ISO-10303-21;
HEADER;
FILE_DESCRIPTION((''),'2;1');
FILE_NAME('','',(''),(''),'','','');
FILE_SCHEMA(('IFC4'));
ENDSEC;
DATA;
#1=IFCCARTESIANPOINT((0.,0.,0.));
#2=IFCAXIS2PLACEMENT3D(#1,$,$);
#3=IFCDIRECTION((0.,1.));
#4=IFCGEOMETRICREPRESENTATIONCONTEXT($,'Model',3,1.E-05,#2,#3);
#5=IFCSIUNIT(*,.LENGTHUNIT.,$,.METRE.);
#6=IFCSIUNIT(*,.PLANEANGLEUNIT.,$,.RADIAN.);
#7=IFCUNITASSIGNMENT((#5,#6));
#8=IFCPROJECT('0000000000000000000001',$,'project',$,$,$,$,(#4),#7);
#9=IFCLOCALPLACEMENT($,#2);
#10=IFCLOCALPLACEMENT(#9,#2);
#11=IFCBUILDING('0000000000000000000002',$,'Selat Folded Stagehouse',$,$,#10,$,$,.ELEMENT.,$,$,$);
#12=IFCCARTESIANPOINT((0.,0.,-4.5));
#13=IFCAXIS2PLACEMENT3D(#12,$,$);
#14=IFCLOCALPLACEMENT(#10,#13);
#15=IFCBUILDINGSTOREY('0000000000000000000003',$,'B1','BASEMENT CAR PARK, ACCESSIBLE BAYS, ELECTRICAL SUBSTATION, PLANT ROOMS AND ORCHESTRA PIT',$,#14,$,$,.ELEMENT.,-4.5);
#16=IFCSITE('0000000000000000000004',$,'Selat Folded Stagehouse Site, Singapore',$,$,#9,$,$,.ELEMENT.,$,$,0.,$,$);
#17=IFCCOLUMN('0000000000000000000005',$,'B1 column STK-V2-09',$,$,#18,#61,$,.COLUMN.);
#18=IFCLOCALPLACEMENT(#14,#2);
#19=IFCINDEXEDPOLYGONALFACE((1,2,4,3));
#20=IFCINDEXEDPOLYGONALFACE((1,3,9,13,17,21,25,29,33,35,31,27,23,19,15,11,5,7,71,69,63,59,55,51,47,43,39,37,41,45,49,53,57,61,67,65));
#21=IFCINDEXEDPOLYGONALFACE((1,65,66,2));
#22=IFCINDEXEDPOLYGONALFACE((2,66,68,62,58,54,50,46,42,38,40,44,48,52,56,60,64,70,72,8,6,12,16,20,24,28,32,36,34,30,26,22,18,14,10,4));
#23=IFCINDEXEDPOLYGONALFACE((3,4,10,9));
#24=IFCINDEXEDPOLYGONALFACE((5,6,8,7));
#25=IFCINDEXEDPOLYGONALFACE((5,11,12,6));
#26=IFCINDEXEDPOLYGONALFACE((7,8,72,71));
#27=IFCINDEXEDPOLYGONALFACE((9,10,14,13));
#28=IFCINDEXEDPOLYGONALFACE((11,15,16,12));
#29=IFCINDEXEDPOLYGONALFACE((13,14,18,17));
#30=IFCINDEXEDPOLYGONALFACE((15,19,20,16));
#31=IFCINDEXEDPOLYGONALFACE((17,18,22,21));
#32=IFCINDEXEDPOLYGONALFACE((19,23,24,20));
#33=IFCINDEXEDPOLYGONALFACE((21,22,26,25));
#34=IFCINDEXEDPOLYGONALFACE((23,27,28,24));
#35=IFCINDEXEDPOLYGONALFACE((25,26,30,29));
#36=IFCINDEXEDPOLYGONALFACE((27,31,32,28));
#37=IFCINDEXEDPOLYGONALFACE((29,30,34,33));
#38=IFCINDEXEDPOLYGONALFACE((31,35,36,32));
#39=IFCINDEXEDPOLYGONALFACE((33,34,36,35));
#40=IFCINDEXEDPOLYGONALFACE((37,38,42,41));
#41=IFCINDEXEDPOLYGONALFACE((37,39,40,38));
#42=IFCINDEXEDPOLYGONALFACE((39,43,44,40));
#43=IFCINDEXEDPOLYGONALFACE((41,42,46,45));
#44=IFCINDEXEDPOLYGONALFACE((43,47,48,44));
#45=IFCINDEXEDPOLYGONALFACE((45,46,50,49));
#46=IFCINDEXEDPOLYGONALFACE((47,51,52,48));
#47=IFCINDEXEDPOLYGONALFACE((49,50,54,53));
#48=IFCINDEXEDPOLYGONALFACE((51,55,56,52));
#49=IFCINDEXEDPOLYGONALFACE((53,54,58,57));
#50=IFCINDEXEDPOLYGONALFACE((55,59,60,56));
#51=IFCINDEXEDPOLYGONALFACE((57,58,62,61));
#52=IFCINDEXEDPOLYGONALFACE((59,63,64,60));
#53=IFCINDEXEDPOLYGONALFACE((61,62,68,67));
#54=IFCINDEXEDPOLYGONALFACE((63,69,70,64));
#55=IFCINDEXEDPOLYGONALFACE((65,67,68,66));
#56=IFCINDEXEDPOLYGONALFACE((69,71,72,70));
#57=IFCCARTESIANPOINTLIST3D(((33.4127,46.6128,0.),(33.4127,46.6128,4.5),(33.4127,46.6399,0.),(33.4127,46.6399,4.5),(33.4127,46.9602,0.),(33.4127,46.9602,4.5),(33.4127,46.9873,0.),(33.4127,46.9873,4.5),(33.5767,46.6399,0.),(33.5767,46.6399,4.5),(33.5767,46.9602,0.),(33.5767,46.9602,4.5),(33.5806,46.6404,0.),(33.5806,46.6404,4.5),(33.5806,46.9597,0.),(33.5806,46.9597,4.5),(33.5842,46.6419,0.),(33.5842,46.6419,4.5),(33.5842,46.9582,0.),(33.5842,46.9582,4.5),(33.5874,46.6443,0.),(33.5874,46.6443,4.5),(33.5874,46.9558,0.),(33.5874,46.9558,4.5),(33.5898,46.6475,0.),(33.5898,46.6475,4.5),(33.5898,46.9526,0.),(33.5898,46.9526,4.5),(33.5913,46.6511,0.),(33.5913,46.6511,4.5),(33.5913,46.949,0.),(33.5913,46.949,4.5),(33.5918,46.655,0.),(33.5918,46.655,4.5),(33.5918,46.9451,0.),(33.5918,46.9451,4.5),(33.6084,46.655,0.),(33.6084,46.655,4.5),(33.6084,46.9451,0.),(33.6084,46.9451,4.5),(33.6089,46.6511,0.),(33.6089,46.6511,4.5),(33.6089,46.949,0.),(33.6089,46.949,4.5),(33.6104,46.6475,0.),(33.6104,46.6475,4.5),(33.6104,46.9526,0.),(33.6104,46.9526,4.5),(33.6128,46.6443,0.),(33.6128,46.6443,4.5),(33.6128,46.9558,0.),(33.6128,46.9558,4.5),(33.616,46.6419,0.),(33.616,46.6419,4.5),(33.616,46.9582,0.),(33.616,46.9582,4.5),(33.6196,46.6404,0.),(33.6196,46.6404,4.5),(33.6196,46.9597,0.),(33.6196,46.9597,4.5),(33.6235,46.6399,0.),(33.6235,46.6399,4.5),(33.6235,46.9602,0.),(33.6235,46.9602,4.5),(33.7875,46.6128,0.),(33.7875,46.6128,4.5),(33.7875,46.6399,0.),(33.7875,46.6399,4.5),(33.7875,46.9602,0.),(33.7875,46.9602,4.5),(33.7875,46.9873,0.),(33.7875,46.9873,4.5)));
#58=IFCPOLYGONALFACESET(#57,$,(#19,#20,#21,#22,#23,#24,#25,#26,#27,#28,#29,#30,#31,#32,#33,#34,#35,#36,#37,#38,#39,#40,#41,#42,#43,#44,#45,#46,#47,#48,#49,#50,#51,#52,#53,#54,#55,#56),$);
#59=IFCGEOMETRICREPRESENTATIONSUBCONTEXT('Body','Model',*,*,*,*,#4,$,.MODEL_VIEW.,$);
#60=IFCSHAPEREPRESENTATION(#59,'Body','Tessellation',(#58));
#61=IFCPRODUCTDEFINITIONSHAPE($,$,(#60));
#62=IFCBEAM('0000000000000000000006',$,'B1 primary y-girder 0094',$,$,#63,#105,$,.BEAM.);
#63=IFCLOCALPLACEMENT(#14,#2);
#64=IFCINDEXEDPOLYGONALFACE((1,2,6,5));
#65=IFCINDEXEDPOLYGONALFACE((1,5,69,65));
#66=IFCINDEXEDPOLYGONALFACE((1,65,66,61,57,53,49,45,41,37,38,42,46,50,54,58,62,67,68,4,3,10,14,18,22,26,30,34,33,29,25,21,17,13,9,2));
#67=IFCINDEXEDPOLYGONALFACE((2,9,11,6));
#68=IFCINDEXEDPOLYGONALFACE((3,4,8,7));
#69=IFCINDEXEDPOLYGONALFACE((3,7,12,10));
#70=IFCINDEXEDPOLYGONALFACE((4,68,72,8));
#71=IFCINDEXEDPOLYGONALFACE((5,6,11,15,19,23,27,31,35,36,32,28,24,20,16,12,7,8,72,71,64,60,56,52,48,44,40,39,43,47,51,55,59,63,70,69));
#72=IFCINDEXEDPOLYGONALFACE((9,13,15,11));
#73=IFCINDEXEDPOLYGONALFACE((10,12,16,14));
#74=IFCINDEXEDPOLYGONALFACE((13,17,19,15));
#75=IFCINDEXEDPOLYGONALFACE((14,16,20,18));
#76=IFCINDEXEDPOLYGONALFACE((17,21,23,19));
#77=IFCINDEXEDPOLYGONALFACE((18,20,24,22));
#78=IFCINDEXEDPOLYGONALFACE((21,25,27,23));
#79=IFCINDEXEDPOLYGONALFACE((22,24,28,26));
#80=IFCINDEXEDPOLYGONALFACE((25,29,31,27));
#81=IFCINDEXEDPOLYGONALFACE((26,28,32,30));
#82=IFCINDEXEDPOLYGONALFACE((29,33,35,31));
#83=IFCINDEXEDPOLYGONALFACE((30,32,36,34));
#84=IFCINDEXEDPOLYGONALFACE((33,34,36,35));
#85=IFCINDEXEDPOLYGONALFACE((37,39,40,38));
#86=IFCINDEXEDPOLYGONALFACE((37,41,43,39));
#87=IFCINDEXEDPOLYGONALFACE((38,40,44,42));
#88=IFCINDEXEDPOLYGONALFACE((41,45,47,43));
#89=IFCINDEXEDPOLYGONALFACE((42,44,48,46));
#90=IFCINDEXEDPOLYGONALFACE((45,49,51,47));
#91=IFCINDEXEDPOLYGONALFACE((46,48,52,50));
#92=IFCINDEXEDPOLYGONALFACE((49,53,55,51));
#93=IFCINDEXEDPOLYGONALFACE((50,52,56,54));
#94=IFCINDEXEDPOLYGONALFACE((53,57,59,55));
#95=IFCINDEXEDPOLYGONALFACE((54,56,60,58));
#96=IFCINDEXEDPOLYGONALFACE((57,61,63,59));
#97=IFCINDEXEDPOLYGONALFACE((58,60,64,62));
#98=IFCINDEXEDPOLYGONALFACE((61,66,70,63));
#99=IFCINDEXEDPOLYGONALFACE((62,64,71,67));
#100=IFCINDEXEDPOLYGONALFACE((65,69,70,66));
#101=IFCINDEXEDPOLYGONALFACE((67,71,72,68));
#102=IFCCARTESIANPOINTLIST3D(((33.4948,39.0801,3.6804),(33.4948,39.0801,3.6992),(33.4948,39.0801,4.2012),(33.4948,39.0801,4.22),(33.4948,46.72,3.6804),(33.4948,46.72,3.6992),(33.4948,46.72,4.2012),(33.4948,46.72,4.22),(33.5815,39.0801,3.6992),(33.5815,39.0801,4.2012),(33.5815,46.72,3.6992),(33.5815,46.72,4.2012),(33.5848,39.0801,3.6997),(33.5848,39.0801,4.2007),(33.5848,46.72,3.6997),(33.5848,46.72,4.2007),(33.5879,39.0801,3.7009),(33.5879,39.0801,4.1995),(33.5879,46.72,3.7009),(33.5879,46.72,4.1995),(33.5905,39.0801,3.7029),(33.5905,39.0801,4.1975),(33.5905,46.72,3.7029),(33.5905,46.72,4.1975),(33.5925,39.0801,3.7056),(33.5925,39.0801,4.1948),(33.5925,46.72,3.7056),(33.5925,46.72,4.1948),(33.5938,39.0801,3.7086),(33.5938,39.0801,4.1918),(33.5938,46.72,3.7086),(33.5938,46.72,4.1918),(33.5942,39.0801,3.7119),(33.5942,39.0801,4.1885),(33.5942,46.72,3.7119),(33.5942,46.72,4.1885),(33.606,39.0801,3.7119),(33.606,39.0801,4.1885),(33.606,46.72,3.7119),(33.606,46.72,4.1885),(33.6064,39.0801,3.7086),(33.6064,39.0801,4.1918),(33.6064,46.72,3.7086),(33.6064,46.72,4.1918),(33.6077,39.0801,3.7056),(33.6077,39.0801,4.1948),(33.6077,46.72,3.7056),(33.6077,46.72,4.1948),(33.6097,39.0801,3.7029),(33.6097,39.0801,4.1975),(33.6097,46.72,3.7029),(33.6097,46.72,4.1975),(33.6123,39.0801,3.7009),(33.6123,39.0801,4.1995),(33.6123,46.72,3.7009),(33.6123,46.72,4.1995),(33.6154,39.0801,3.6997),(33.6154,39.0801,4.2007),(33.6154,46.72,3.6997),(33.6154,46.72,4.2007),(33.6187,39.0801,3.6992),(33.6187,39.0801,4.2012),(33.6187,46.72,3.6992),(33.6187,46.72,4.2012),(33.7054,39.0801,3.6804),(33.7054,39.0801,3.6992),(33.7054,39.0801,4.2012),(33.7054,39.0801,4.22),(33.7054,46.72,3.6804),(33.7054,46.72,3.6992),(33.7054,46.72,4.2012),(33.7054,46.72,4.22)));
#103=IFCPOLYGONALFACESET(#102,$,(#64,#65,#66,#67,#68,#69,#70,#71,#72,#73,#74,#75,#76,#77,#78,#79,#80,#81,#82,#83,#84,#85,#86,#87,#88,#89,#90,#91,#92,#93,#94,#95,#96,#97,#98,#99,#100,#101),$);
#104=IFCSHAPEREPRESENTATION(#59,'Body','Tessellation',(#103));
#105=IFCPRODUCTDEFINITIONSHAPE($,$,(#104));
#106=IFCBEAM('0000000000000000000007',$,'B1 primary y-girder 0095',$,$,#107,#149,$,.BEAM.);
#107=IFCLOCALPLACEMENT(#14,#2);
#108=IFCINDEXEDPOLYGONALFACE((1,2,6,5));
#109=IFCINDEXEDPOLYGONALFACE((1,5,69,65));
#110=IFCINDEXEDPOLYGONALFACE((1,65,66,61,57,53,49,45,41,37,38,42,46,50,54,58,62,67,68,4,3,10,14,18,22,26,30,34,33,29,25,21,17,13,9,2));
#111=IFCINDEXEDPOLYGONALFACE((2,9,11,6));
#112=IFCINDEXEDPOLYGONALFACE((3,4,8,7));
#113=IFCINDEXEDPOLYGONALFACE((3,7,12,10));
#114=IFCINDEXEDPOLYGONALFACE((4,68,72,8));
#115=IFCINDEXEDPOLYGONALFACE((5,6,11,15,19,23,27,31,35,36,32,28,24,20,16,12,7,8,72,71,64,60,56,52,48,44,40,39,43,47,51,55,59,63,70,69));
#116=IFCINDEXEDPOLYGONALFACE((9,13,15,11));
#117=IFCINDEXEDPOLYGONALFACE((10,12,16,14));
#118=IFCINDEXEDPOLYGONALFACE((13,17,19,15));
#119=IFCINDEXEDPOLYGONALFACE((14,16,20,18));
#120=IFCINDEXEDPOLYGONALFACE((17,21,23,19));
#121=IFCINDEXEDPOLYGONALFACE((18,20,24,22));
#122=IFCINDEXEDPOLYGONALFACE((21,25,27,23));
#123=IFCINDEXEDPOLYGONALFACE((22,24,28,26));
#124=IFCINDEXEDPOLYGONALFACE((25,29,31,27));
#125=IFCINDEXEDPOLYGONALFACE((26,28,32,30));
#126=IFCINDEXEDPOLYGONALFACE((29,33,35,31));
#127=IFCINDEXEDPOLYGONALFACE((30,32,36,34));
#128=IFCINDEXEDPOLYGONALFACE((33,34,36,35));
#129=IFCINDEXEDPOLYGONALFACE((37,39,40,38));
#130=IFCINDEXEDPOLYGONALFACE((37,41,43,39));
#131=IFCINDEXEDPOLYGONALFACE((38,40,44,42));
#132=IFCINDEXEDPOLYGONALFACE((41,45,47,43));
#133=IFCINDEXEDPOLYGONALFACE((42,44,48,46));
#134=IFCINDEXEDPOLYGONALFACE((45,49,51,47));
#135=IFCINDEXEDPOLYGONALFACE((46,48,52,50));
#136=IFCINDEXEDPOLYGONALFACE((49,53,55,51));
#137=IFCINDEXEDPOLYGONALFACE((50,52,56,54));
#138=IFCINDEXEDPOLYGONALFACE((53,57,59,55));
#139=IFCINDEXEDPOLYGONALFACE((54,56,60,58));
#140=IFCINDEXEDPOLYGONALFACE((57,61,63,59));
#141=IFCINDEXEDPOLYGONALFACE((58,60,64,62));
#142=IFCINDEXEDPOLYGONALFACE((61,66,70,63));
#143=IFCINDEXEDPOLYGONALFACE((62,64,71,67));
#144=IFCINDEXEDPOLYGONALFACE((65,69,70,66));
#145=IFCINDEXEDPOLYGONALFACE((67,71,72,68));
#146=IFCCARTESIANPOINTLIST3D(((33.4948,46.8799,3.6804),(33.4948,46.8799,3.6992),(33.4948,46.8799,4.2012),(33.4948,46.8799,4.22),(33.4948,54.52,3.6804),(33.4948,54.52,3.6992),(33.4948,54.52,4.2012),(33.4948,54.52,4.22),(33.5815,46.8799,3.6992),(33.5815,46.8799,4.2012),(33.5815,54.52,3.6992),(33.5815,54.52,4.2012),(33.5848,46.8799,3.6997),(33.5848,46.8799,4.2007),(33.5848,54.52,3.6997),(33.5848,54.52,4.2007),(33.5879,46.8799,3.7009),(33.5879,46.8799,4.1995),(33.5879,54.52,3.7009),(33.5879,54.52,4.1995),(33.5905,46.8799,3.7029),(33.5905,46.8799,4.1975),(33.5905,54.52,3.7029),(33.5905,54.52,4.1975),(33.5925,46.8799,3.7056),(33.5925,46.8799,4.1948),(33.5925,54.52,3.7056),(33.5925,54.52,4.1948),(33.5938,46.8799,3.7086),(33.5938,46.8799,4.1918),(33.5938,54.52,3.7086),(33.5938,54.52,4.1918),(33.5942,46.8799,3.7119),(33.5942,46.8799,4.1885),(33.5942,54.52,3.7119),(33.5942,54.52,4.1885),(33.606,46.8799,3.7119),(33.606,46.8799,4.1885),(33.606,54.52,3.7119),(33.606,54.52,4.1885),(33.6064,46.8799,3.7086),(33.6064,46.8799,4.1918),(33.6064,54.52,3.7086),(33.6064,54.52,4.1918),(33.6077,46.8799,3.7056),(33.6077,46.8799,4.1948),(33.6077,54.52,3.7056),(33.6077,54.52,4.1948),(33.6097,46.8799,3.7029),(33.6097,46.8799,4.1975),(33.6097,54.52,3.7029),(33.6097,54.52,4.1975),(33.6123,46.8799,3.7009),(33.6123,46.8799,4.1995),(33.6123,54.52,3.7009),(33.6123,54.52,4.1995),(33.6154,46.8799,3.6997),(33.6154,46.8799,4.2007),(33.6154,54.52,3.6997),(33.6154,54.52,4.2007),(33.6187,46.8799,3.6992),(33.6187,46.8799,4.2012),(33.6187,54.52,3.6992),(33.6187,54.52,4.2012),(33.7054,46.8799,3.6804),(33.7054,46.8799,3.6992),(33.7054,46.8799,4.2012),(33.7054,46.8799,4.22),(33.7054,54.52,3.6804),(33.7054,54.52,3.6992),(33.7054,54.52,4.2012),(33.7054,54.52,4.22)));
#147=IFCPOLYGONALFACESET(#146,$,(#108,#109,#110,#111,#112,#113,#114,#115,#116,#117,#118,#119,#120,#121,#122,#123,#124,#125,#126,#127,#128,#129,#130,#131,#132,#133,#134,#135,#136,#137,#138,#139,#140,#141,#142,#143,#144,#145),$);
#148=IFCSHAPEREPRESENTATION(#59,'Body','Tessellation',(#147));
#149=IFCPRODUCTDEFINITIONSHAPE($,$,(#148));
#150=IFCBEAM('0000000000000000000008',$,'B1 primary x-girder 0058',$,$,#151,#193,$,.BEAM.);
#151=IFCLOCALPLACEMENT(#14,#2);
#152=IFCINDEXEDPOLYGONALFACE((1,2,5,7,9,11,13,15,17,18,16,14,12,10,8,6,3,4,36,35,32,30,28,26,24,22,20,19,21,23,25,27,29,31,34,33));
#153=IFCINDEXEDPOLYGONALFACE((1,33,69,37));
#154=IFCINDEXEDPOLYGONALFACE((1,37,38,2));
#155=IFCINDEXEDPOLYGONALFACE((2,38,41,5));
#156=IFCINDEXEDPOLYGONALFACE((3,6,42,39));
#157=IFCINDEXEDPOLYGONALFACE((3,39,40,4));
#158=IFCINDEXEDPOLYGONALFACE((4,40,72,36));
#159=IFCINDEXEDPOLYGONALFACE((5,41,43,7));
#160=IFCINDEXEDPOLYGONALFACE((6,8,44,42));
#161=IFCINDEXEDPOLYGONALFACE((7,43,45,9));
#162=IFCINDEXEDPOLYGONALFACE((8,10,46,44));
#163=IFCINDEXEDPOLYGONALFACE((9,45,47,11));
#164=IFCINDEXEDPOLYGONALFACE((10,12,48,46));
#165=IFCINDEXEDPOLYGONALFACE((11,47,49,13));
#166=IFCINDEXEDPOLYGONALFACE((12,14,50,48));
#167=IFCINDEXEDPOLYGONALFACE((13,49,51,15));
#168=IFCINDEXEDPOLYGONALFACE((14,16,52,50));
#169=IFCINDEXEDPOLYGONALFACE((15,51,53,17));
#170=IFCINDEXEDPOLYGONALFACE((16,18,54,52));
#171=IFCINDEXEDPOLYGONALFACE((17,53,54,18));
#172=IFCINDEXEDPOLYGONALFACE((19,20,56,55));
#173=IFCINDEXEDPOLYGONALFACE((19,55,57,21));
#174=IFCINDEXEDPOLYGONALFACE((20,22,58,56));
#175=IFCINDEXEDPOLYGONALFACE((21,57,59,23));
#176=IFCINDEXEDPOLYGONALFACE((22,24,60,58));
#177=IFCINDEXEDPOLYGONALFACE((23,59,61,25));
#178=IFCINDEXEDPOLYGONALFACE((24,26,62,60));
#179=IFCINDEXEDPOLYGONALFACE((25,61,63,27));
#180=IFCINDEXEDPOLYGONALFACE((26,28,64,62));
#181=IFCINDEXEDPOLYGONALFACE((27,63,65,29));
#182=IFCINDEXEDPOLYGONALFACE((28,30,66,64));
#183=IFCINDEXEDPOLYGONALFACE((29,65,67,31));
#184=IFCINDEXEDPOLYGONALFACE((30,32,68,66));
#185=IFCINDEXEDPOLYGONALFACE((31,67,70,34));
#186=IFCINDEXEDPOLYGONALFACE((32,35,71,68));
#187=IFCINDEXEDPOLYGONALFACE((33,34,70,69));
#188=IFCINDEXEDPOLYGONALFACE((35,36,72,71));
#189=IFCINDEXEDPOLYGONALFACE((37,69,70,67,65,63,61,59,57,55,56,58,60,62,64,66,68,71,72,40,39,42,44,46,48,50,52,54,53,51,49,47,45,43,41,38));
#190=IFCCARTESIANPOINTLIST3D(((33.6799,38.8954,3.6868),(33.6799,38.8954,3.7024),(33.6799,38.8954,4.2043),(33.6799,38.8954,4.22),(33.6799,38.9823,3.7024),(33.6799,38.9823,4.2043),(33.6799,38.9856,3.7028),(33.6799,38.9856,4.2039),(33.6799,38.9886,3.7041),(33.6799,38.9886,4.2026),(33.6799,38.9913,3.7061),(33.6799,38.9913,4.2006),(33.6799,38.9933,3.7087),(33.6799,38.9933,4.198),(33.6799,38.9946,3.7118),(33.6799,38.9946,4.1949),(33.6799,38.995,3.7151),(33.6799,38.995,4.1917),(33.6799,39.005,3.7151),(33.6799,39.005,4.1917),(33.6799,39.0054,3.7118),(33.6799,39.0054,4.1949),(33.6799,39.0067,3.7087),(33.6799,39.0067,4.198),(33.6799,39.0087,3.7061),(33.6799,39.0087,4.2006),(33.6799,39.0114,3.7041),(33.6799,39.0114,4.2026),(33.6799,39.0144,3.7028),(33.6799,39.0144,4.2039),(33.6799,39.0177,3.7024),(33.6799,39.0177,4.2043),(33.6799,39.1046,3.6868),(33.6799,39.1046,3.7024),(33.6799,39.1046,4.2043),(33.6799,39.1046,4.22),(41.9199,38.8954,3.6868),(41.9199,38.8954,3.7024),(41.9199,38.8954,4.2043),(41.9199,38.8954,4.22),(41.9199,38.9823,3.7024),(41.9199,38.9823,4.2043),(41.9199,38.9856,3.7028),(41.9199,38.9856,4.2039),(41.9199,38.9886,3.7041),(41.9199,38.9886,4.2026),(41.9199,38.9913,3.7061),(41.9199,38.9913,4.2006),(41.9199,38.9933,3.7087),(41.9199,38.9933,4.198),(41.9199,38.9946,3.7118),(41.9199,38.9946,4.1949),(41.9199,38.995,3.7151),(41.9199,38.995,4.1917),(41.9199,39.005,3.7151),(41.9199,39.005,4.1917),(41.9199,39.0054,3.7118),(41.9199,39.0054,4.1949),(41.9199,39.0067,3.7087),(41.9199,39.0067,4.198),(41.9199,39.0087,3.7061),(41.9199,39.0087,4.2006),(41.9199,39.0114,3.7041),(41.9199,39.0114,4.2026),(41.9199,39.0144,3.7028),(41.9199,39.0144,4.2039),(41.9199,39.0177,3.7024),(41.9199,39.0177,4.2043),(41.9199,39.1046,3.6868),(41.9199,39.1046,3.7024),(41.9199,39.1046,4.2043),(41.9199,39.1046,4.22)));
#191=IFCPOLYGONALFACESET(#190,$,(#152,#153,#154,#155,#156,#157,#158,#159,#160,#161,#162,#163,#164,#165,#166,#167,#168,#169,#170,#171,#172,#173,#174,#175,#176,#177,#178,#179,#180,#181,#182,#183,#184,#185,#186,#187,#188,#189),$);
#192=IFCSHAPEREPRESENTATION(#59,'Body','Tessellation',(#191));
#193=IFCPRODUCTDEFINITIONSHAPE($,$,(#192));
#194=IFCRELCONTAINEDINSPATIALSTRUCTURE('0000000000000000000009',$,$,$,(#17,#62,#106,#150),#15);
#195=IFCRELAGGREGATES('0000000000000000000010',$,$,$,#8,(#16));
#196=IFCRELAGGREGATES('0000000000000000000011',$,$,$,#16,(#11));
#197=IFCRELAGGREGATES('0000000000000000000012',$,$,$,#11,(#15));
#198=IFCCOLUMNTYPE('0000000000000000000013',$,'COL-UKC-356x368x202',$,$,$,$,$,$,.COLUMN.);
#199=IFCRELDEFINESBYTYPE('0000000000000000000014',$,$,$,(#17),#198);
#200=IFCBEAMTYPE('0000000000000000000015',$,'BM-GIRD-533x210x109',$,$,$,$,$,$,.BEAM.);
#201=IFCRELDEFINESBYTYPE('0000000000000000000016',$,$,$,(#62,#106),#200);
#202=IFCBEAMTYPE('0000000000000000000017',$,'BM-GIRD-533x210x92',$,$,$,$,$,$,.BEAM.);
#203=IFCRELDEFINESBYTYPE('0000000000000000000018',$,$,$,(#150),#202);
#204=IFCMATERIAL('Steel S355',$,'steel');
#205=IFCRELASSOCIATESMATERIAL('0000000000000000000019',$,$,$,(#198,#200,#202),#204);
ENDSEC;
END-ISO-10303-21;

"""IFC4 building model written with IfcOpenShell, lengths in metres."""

from ifc_helpers import new_model, si_unit, direction, frame, origin, origin_2d, place, context, subcontext, project, spatial, i_section, extrude, material, material_profile, profile_set, type_object, element, save


model = new_model("IFC4")

# Units and contexts
model_context = context("Model", 3, precision=1e-05, world=origin(), true_north=direction((0.0, 1.0)))
body_context = subcontext(model_context, "Body", "Model", "MODEL_VIEW")
ifc_project = project(units=[si_unit("LENGTHUNIT", "METRE"), si_unit("PLANEANGLEUNIT", "RADIAN")], contexts=[model_context])

# Site, building, storey
site_placement = place(None, origin())
site = spatial("IfcSite", under=ifc_project, at=site_placement, Name="Selat Folded Stagehouse Site, Singapore", CompositionType="ELEMENT", RefElevation=0.0)
building_placement = place(site_placement, origin())
building = spatial("IfcBuilding", under=site, at=building_placement, Name="Selat Folded Stagehouse", CompositionType="ELEMENT")
storey_placement = place(building_placement, frame((0.0, 0.0, -4.5)))
storey = spatial("IfcBuildingStorey", under=building, at=storey_placement, Name="B1", Description="BASEMENT CAR PARK, ACCESSIBLE BAYS, ELECTRICAL SUBSTATION, PLANT ROOMS AND ORCHESTRA PIT", CompositionType="ELEMENT", Elevation=-4.5)

# Column
ifc_material_1 = material(Name="Steel S355", Category="steel")
ifc_material_profile_1 = material_profile(ifc_material_1, i_section(OverallWidth=0.3748, OverallDepth=0.3745, WebThickness=0.0166, FlangeThickness=0.0271, FilletRadius=0.0151, at=origin_2d()), Name="UKC 356x368x202")
ifc_profile_set_1 = profile_set([ifc_material_profile_1], Name="Steel S355")
column_type = type_object("IfcColumnType", Name="COL-UKC-356x368x202", PredefinedType="COLUMN", material=ifc_profile_set_1)
for number, where, z_axis, x_axis, name in (
    (1, (33.6001, 46.8, 0.0), (0.0, 0.0, 1.0), (1.0, 0.0, 0.0), "B1 column STK-V2-09"),
):
    element("IfcColumn", number, at=place(storey_placement, frame(where, z_axis=z_axis, x_axis=x_axis)), inside=storey, type_object=column_type, Name=name, PredefinedType="COLUMN", context=body_context, shape_type="SweptSolid", body=[
        extrude(i_section(OverallWidth=0.3748, OverallDepth=0.3745, WebThickness=0.0166, FlangeThickness=0.0271, FilletRadius=0.0151, at=origin_2d()), origin(), (0.0, 0.0, 1.0), 4.5),
    ])

# Beams
ifc_material_profile_2 = material_profile(ifc_material_1, i_section(OverallWidth=0.2107, OverallDepth=0.5396, WebThickness=0.0117, FlangeThickness=0.0188, FilletRadius=0.0127, at=origin_2d()), Name="UKB 533x210x109")
ifc_profile_set_2 = profile_set([ifc_material_profile_2], Name="Steel S355")
beam_type_1 = type_object("IfcBeamType", Name="BM-GIRD-533x210x109", PredefinedType="BEAM", material=ifc_profile_set_2)
beam_1_placement = place(storey_placement, frame((33.6001, 39.0801, 3.9502), z_axis=(0.0, 1.0, 0.0), x_axis=(-1.0, 0.0, 0.0)))
element("IfcBeam", 2, at=beam_1_placement, inside=storey, type_object=beam_type_1, Name="B1 primary y-girder 0094", PredefinedType="BEAM", context=body_context, shape_type="SweptSolid", body=[
    extrude(i_section(OverallWidth=0.2107, OverallDepth=0.5396, WebThickness=0.0117, FlangeThickness=0.0188, FilletRadius=0.0127, at=origin_2d()), origin(), (0.0, 0.0, 1.0), 7.6399),
])
beam_2_placement = place(storey_placement, frame((33.6001, 46.8799, 3.9502), z_axis=(0.0, 1.0, 0.0), x_axis=(-1.0, 0.0, 0.0)))
element("IfcBeam", 3, at=beam_2_placement, inside=storey, type_object=beam_type_1, Name="B1 primary y-girder 0095", PredefinedType="BEAM", context=body_context, shape_type="SweptSolid", body=[
    extrude(i_section(OverallWidth=0.2107, OverallDepth=0.5396, WebThickness=0.0117, FlangeThickness=0.0188, FilletRadius=0.0127, at=origin_2d()), origin(), (0.0, 0.0, 1.0), 7.6401),
])
ifc_material_profile_3 = material_profile(ifc_material_1, i_section(OverallWidth=0.2092, OverallDepth=0.5332, WebThickness=0.01, FlangeThickness=0.0156, FilletRadius=0.0127, at=origin_2d()), Name="UKB 533x210x92")
ifc_profile_set_3 = profile_set([ifc_material_profile_3], Name="Steel S355")
beam_type_2 = type_object("IfcBeamType", Name="BM-GIRD-533x210x92", PredefinedType="BEAM", material=ifc_profile_set_3)
for number, where, z_axis, x_axis, name in (
    (4, (33.6799, 39.0, 3.9534), (1.0, 0.0, 0.0), (0.0, 1.0, 0.0), "B1 primary x-girder 0058"),
):
    element("IfcBeam", number, at=place(storey_placement, frame(where, z_axis=z_axis, x_axis=x_axis)), inside=storey, type_object=beam_type_2, Name=name, PredefinedType="BEAM", context=body_context, shape_type="SweptSolid", body=[
        extrude(i_section(OverallWidth=0.2092, OverallDepth=0.5332, WebThickness=0.01, FlangeThickness=0.0156, FilletRadius=0.0127, at=origin_2d()), origin(), (0.0, 0.0, 1.0), 8.24),
    ])

save(model, "model.ifc")
